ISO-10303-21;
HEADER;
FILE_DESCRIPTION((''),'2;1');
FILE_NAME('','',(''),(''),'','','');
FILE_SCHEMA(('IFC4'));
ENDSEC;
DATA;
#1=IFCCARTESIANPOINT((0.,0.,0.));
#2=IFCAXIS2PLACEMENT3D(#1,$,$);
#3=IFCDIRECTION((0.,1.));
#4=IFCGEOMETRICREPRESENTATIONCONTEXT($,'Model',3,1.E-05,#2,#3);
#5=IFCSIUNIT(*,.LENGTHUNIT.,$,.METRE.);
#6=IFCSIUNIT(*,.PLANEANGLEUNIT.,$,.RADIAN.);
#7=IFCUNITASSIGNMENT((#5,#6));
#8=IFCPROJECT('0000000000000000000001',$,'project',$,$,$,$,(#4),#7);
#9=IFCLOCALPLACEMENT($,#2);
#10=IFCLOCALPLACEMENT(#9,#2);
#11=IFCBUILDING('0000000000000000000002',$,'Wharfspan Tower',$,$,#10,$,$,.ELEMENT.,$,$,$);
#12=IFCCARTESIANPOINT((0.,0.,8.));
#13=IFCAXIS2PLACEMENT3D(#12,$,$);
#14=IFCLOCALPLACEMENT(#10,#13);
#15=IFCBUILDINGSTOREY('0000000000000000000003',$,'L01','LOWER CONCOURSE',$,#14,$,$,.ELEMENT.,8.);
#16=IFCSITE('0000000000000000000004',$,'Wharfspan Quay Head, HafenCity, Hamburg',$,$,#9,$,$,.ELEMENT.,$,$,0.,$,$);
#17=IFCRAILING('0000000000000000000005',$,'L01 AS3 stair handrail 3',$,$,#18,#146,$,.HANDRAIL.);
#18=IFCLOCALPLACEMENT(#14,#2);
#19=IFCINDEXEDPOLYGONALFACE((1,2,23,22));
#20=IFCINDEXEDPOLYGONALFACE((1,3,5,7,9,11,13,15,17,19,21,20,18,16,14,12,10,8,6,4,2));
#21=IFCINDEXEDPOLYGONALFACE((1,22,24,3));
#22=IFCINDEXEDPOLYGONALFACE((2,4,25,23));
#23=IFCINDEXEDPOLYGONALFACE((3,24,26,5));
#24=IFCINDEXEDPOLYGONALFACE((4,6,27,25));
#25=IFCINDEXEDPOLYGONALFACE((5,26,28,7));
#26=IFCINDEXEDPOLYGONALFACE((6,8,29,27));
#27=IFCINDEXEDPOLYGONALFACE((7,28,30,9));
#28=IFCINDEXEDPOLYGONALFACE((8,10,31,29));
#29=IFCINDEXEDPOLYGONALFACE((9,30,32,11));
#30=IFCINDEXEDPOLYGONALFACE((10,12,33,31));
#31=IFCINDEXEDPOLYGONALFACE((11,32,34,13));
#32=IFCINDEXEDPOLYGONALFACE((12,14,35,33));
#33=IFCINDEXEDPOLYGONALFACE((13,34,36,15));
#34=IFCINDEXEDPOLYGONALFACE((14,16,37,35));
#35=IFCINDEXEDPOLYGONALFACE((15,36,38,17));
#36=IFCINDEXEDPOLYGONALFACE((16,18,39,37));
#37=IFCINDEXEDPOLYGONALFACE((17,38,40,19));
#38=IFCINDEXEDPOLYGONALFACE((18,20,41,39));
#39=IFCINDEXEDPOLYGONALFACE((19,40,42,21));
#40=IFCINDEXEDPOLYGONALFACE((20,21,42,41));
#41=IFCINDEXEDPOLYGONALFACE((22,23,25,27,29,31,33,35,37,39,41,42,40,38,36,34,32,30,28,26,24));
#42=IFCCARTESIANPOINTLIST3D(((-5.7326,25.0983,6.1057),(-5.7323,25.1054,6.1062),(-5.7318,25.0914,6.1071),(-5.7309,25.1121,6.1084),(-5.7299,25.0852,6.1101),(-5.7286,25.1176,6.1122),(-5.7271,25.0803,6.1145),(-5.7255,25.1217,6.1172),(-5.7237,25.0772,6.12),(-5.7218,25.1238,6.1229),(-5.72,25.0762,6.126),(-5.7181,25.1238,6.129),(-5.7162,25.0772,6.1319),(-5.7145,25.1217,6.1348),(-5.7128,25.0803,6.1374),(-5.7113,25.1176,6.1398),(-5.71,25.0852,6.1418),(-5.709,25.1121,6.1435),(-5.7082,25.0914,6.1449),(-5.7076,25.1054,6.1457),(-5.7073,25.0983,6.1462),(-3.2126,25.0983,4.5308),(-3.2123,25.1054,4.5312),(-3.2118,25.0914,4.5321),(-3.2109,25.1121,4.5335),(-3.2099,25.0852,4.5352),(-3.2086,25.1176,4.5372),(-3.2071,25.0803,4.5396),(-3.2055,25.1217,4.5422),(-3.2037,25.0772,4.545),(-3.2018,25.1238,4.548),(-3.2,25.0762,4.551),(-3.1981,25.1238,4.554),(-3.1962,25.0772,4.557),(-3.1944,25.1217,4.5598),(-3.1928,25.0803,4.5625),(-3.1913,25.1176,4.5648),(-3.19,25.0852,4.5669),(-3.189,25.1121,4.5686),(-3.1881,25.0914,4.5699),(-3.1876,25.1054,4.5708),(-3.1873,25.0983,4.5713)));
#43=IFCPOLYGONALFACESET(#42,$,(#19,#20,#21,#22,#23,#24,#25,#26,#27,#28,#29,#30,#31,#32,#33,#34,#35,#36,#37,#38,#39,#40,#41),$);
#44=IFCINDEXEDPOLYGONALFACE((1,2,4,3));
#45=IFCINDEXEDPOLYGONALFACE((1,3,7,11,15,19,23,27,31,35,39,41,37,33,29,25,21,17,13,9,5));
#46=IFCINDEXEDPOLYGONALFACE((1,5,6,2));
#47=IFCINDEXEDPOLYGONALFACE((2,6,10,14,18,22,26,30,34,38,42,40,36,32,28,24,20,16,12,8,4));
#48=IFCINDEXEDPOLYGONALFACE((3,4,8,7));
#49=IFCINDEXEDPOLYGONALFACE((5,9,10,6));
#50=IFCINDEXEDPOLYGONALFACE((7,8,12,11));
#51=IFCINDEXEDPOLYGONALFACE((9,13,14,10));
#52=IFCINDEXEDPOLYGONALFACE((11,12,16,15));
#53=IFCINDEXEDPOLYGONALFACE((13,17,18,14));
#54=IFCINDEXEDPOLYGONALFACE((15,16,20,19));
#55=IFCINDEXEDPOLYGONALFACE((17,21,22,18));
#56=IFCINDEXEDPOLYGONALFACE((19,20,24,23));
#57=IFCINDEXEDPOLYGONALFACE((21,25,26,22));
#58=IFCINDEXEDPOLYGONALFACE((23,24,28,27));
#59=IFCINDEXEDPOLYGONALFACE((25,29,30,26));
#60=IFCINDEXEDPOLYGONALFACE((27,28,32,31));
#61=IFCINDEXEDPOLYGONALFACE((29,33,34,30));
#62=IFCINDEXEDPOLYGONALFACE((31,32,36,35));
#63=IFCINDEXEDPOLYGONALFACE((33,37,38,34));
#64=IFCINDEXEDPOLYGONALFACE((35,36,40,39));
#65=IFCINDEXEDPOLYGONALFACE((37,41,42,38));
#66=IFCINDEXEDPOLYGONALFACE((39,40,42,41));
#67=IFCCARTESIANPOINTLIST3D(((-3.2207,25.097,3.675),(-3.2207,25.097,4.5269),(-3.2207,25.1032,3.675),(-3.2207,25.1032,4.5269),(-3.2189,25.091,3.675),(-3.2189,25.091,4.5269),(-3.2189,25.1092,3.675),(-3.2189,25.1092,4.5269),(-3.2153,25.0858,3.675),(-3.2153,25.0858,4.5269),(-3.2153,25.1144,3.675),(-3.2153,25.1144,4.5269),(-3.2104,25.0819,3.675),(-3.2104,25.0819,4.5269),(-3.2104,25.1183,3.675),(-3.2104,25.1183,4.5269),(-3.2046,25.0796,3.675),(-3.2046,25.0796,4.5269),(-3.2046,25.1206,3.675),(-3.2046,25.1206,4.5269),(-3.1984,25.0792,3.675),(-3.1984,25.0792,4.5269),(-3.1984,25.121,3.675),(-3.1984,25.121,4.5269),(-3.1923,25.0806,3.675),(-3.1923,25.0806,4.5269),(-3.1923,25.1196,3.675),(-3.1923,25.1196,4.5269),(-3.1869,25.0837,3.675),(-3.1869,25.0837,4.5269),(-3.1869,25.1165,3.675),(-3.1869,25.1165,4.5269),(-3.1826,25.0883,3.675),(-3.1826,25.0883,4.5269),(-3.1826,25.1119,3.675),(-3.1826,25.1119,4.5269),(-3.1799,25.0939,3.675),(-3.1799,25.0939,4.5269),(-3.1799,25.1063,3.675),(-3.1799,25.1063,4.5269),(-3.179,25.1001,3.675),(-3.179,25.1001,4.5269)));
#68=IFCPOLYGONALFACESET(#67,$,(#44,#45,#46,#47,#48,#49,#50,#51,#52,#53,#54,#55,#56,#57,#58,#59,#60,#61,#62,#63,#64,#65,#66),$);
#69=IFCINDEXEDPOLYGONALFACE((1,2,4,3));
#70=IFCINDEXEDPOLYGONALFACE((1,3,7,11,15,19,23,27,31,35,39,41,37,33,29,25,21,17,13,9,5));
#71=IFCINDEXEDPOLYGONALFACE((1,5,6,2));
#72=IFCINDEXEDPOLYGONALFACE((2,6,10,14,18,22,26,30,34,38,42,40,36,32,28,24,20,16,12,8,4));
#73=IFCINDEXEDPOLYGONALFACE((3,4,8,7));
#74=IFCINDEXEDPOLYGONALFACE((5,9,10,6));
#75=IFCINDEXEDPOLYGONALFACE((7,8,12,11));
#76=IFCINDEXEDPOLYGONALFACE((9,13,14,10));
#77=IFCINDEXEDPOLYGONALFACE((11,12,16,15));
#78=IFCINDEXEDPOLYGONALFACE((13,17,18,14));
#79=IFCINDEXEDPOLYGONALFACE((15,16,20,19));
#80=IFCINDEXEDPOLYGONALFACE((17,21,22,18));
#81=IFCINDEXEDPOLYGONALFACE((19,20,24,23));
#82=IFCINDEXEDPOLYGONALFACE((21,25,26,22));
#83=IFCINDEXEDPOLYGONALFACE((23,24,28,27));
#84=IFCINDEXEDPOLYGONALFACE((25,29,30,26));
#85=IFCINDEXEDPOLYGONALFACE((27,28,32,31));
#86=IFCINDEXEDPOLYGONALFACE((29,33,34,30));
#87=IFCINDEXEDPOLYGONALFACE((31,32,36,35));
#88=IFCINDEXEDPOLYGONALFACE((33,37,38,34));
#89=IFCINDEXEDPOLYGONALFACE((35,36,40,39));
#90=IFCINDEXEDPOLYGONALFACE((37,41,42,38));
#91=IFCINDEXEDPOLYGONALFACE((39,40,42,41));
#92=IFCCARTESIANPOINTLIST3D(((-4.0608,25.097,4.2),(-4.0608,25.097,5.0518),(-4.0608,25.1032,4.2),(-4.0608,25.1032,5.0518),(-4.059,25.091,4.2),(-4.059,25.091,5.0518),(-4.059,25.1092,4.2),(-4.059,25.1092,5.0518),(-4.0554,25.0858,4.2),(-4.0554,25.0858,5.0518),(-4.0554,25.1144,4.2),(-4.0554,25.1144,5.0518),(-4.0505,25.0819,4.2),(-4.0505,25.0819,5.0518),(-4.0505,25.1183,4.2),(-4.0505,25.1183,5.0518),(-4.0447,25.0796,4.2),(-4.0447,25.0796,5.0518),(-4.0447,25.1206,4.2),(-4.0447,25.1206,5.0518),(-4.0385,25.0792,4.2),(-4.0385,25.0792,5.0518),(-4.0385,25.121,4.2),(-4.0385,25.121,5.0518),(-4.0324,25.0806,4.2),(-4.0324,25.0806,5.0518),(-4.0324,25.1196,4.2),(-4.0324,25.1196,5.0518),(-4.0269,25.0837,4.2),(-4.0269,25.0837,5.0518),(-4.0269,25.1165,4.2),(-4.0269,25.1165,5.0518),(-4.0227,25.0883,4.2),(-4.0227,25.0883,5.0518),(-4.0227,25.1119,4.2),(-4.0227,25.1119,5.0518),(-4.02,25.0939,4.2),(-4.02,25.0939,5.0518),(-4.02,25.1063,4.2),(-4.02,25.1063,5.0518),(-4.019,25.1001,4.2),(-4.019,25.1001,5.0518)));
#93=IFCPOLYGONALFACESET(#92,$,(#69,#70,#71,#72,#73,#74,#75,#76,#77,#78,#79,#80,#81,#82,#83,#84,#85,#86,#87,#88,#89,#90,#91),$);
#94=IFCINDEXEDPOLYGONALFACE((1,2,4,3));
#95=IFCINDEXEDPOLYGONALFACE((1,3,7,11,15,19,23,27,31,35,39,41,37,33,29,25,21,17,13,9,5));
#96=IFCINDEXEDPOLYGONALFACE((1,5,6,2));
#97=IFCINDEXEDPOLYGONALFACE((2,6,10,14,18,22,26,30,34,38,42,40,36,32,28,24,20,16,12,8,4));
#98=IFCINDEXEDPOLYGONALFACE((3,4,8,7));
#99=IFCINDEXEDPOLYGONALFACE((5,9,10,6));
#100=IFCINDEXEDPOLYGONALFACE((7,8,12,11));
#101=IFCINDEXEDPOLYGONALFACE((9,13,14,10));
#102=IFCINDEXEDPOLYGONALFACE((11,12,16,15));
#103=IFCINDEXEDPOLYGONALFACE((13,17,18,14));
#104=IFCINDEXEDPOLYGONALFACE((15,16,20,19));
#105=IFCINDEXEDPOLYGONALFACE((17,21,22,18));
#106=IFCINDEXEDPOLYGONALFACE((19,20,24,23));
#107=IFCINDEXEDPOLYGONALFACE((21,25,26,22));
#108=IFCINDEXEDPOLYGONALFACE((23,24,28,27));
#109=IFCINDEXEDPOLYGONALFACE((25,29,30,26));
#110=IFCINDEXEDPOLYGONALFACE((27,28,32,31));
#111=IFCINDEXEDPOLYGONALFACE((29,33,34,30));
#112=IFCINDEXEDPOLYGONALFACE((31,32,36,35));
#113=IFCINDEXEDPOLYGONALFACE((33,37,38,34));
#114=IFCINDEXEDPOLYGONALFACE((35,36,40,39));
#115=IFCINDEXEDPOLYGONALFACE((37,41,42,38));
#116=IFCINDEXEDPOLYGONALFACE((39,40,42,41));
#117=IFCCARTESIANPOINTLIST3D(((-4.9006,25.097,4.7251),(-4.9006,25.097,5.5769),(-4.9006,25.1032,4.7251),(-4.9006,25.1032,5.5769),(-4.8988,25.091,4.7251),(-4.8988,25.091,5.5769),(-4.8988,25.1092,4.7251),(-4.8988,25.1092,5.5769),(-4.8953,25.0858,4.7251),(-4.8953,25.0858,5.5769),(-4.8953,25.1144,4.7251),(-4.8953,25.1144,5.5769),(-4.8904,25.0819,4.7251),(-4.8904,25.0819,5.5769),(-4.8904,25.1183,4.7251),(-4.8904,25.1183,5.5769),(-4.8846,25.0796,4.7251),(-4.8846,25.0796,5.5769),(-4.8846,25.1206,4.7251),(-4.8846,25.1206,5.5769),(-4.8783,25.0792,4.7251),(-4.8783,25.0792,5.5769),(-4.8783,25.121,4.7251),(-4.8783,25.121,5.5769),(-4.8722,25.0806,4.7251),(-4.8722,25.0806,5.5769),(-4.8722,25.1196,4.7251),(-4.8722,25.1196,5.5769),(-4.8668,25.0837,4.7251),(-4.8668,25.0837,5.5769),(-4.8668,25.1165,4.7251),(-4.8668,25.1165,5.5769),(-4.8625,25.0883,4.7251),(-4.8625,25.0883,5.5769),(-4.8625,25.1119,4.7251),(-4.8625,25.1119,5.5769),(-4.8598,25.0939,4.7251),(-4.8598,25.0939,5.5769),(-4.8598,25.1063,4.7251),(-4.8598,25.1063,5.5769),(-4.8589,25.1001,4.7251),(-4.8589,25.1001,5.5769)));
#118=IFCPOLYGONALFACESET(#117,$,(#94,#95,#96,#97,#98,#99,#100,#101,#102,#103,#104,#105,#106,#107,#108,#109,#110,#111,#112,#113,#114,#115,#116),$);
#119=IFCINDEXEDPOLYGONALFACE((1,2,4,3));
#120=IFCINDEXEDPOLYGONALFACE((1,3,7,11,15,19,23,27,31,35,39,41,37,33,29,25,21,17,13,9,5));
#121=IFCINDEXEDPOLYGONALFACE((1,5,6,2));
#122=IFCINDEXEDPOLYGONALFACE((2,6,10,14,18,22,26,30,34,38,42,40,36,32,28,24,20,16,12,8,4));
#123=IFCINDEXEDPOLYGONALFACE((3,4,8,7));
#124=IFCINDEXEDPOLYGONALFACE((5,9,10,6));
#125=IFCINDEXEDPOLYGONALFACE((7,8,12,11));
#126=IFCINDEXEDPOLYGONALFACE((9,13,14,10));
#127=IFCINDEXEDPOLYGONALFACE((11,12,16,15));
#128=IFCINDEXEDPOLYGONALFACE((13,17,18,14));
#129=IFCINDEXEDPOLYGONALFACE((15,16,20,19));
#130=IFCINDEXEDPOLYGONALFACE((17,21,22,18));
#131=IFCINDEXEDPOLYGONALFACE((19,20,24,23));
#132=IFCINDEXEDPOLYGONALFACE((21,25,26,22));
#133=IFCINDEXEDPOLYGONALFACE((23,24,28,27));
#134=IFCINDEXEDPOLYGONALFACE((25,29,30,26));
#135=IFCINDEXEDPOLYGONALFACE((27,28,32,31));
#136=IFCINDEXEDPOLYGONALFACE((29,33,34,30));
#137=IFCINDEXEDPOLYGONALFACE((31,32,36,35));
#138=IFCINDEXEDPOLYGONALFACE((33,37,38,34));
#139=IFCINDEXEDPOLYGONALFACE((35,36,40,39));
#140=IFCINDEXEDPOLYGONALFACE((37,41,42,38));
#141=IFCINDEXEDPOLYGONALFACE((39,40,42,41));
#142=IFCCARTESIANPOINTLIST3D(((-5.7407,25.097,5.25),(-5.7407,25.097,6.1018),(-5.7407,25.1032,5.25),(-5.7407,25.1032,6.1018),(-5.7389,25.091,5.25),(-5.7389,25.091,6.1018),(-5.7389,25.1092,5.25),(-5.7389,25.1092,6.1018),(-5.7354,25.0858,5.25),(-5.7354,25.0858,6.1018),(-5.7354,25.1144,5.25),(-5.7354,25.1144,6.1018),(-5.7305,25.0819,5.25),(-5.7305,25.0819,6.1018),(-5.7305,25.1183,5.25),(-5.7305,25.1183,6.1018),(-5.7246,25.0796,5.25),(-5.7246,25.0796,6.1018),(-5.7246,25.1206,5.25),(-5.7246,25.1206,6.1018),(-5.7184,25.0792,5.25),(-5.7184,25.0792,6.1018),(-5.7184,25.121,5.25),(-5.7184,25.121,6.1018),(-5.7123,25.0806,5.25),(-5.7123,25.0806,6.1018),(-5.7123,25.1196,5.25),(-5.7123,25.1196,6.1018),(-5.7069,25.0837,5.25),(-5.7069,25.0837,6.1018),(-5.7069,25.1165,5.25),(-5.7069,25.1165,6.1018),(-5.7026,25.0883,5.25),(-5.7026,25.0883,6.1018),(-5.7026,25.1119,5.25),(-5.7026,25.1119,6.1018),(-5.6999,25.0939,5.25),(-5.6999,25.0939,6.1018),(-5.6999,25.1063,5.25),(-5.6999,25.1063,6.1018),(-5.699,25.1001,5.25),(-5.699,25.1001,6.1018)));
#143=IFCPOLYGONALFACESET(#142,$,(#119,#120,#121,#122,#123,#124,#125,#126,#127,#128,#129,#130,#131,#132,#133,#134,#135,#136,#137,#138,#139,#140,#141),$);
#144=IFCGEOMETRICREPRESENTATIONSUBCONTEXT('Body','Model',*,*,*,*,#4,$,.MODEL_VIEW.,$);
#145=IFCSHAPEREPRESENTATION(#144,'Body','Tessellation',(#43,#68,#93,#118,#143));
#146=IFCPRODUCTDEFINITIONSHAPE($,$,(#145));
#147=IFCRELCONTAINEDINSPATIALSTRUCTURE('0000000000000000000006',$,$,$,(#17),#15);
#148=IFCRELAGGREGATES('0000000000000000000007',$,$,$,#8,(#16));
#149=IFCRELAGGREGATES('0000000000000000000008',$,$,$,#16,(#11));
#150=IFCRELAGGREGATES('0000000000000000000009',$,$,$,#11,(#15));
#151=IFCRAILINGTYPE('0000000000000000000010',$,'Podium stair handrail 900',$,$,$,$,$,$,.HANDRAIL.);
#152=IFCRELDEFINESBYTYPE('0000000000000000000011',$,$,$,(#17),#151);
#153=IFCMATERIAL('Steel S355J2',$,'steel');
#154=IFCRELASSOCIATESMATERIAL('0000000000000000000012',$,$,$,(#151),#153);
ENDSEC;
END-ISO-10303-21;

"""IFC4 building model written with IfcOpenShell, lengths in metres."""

from ifc_helpers import new_model, si_unit, direction, frame, origin, origin_2d, place, context, subcontext, project, spatial, circle, extrude, material, type_object, element, save


model = new_model("IFC4")

# Units and contexts
model_context = context("Model", 3, precision=1e-05, world=origin(), true_north=direction((0.0, 1.0)))
body_context = subcontext(model_context, "Body", "Model", "MODEL_VIEW")
ifc_project = project(units=[si_unit("LENGTHUNIT", "METRE"), si_unit("PLANEANGLEUNIT", "RADIAN")], contexts=[model_context])

# Site, building, storey
site_placement = place(None, origin())
site = spatial("IfcSite", under=ifc_project, at=site_placement, Name="Wharfspan Quay Head, HafenCity, Hamburg", CompositionType="ELEMENT", RefElevation=0.0)
building_placement = place(site_placement, origin())
building = spatial("IfcBuilding", under=site, at=building_placement, Name="Wharfspan Tower", CompositionType="ELEMENT")
storey_placement = place(building_placement, frame((0.0, 0.0, 8.0)))
storey = spatial("IfcBuildingStorey", under=building, at=storey_placement, Name="L01", Description="LOWER CONCOURSE", CompositionType="ELEMENT", Elevation=8.0)

# Railing
ifc_material_1 = material(Name="Steel S355J2", Category="steel")
railing_type_1 = type_object("IfcRailingType", Name="Podium stair handrail 900", PredefinedType="HANDRAIL", material=ifc_material_1)
for number, where, name in (
    (1, (-3.2, 25.1001, 3.675), "L01 AS3 stair handrail 3"),
):
    element("IfcRailing", number, at=place(storey_placement, frame(where)), inside=storey, type_object=railing_type_1, Name=name, PredefinedType="HANDRAIL", context=body_context, shape_type="SweptSolid", body=[
        extrude(circle(Radius=0.0239, at=origin_2d()), frame((0.0, 0.0, 0.876), z_axis=(-0.848008, 0.0, 0.529984), x_axis=(0.0, -1.0, 0.0)), (0.0, 0.0, 1.0), 2.9717),
        extrude(circle(Radius=0.021, at=origin_2d()), origin(), (0.0, 0.0, 1.0), 0.8518),
        extrude(circle(Radius=0.021, at=origin_2d()), frame((-0.8401, 0.0, 0.5249)), (0.0, 0.0, 1.0), 0.8518),
        extrude(circle(Radius=0.021, at=origin_2d()), frame((-1.6799, 0.0, 1.05)), (0.0, 0.0, 1.0), 0.8518),
        extrude(circle(Radius=0.021, at=origin_2d()), frame((-2.52, 0.0, 1.575)), (0.0, 0.0, 1.0), 0.8518),
    ])

save(model, "model.ifc")
